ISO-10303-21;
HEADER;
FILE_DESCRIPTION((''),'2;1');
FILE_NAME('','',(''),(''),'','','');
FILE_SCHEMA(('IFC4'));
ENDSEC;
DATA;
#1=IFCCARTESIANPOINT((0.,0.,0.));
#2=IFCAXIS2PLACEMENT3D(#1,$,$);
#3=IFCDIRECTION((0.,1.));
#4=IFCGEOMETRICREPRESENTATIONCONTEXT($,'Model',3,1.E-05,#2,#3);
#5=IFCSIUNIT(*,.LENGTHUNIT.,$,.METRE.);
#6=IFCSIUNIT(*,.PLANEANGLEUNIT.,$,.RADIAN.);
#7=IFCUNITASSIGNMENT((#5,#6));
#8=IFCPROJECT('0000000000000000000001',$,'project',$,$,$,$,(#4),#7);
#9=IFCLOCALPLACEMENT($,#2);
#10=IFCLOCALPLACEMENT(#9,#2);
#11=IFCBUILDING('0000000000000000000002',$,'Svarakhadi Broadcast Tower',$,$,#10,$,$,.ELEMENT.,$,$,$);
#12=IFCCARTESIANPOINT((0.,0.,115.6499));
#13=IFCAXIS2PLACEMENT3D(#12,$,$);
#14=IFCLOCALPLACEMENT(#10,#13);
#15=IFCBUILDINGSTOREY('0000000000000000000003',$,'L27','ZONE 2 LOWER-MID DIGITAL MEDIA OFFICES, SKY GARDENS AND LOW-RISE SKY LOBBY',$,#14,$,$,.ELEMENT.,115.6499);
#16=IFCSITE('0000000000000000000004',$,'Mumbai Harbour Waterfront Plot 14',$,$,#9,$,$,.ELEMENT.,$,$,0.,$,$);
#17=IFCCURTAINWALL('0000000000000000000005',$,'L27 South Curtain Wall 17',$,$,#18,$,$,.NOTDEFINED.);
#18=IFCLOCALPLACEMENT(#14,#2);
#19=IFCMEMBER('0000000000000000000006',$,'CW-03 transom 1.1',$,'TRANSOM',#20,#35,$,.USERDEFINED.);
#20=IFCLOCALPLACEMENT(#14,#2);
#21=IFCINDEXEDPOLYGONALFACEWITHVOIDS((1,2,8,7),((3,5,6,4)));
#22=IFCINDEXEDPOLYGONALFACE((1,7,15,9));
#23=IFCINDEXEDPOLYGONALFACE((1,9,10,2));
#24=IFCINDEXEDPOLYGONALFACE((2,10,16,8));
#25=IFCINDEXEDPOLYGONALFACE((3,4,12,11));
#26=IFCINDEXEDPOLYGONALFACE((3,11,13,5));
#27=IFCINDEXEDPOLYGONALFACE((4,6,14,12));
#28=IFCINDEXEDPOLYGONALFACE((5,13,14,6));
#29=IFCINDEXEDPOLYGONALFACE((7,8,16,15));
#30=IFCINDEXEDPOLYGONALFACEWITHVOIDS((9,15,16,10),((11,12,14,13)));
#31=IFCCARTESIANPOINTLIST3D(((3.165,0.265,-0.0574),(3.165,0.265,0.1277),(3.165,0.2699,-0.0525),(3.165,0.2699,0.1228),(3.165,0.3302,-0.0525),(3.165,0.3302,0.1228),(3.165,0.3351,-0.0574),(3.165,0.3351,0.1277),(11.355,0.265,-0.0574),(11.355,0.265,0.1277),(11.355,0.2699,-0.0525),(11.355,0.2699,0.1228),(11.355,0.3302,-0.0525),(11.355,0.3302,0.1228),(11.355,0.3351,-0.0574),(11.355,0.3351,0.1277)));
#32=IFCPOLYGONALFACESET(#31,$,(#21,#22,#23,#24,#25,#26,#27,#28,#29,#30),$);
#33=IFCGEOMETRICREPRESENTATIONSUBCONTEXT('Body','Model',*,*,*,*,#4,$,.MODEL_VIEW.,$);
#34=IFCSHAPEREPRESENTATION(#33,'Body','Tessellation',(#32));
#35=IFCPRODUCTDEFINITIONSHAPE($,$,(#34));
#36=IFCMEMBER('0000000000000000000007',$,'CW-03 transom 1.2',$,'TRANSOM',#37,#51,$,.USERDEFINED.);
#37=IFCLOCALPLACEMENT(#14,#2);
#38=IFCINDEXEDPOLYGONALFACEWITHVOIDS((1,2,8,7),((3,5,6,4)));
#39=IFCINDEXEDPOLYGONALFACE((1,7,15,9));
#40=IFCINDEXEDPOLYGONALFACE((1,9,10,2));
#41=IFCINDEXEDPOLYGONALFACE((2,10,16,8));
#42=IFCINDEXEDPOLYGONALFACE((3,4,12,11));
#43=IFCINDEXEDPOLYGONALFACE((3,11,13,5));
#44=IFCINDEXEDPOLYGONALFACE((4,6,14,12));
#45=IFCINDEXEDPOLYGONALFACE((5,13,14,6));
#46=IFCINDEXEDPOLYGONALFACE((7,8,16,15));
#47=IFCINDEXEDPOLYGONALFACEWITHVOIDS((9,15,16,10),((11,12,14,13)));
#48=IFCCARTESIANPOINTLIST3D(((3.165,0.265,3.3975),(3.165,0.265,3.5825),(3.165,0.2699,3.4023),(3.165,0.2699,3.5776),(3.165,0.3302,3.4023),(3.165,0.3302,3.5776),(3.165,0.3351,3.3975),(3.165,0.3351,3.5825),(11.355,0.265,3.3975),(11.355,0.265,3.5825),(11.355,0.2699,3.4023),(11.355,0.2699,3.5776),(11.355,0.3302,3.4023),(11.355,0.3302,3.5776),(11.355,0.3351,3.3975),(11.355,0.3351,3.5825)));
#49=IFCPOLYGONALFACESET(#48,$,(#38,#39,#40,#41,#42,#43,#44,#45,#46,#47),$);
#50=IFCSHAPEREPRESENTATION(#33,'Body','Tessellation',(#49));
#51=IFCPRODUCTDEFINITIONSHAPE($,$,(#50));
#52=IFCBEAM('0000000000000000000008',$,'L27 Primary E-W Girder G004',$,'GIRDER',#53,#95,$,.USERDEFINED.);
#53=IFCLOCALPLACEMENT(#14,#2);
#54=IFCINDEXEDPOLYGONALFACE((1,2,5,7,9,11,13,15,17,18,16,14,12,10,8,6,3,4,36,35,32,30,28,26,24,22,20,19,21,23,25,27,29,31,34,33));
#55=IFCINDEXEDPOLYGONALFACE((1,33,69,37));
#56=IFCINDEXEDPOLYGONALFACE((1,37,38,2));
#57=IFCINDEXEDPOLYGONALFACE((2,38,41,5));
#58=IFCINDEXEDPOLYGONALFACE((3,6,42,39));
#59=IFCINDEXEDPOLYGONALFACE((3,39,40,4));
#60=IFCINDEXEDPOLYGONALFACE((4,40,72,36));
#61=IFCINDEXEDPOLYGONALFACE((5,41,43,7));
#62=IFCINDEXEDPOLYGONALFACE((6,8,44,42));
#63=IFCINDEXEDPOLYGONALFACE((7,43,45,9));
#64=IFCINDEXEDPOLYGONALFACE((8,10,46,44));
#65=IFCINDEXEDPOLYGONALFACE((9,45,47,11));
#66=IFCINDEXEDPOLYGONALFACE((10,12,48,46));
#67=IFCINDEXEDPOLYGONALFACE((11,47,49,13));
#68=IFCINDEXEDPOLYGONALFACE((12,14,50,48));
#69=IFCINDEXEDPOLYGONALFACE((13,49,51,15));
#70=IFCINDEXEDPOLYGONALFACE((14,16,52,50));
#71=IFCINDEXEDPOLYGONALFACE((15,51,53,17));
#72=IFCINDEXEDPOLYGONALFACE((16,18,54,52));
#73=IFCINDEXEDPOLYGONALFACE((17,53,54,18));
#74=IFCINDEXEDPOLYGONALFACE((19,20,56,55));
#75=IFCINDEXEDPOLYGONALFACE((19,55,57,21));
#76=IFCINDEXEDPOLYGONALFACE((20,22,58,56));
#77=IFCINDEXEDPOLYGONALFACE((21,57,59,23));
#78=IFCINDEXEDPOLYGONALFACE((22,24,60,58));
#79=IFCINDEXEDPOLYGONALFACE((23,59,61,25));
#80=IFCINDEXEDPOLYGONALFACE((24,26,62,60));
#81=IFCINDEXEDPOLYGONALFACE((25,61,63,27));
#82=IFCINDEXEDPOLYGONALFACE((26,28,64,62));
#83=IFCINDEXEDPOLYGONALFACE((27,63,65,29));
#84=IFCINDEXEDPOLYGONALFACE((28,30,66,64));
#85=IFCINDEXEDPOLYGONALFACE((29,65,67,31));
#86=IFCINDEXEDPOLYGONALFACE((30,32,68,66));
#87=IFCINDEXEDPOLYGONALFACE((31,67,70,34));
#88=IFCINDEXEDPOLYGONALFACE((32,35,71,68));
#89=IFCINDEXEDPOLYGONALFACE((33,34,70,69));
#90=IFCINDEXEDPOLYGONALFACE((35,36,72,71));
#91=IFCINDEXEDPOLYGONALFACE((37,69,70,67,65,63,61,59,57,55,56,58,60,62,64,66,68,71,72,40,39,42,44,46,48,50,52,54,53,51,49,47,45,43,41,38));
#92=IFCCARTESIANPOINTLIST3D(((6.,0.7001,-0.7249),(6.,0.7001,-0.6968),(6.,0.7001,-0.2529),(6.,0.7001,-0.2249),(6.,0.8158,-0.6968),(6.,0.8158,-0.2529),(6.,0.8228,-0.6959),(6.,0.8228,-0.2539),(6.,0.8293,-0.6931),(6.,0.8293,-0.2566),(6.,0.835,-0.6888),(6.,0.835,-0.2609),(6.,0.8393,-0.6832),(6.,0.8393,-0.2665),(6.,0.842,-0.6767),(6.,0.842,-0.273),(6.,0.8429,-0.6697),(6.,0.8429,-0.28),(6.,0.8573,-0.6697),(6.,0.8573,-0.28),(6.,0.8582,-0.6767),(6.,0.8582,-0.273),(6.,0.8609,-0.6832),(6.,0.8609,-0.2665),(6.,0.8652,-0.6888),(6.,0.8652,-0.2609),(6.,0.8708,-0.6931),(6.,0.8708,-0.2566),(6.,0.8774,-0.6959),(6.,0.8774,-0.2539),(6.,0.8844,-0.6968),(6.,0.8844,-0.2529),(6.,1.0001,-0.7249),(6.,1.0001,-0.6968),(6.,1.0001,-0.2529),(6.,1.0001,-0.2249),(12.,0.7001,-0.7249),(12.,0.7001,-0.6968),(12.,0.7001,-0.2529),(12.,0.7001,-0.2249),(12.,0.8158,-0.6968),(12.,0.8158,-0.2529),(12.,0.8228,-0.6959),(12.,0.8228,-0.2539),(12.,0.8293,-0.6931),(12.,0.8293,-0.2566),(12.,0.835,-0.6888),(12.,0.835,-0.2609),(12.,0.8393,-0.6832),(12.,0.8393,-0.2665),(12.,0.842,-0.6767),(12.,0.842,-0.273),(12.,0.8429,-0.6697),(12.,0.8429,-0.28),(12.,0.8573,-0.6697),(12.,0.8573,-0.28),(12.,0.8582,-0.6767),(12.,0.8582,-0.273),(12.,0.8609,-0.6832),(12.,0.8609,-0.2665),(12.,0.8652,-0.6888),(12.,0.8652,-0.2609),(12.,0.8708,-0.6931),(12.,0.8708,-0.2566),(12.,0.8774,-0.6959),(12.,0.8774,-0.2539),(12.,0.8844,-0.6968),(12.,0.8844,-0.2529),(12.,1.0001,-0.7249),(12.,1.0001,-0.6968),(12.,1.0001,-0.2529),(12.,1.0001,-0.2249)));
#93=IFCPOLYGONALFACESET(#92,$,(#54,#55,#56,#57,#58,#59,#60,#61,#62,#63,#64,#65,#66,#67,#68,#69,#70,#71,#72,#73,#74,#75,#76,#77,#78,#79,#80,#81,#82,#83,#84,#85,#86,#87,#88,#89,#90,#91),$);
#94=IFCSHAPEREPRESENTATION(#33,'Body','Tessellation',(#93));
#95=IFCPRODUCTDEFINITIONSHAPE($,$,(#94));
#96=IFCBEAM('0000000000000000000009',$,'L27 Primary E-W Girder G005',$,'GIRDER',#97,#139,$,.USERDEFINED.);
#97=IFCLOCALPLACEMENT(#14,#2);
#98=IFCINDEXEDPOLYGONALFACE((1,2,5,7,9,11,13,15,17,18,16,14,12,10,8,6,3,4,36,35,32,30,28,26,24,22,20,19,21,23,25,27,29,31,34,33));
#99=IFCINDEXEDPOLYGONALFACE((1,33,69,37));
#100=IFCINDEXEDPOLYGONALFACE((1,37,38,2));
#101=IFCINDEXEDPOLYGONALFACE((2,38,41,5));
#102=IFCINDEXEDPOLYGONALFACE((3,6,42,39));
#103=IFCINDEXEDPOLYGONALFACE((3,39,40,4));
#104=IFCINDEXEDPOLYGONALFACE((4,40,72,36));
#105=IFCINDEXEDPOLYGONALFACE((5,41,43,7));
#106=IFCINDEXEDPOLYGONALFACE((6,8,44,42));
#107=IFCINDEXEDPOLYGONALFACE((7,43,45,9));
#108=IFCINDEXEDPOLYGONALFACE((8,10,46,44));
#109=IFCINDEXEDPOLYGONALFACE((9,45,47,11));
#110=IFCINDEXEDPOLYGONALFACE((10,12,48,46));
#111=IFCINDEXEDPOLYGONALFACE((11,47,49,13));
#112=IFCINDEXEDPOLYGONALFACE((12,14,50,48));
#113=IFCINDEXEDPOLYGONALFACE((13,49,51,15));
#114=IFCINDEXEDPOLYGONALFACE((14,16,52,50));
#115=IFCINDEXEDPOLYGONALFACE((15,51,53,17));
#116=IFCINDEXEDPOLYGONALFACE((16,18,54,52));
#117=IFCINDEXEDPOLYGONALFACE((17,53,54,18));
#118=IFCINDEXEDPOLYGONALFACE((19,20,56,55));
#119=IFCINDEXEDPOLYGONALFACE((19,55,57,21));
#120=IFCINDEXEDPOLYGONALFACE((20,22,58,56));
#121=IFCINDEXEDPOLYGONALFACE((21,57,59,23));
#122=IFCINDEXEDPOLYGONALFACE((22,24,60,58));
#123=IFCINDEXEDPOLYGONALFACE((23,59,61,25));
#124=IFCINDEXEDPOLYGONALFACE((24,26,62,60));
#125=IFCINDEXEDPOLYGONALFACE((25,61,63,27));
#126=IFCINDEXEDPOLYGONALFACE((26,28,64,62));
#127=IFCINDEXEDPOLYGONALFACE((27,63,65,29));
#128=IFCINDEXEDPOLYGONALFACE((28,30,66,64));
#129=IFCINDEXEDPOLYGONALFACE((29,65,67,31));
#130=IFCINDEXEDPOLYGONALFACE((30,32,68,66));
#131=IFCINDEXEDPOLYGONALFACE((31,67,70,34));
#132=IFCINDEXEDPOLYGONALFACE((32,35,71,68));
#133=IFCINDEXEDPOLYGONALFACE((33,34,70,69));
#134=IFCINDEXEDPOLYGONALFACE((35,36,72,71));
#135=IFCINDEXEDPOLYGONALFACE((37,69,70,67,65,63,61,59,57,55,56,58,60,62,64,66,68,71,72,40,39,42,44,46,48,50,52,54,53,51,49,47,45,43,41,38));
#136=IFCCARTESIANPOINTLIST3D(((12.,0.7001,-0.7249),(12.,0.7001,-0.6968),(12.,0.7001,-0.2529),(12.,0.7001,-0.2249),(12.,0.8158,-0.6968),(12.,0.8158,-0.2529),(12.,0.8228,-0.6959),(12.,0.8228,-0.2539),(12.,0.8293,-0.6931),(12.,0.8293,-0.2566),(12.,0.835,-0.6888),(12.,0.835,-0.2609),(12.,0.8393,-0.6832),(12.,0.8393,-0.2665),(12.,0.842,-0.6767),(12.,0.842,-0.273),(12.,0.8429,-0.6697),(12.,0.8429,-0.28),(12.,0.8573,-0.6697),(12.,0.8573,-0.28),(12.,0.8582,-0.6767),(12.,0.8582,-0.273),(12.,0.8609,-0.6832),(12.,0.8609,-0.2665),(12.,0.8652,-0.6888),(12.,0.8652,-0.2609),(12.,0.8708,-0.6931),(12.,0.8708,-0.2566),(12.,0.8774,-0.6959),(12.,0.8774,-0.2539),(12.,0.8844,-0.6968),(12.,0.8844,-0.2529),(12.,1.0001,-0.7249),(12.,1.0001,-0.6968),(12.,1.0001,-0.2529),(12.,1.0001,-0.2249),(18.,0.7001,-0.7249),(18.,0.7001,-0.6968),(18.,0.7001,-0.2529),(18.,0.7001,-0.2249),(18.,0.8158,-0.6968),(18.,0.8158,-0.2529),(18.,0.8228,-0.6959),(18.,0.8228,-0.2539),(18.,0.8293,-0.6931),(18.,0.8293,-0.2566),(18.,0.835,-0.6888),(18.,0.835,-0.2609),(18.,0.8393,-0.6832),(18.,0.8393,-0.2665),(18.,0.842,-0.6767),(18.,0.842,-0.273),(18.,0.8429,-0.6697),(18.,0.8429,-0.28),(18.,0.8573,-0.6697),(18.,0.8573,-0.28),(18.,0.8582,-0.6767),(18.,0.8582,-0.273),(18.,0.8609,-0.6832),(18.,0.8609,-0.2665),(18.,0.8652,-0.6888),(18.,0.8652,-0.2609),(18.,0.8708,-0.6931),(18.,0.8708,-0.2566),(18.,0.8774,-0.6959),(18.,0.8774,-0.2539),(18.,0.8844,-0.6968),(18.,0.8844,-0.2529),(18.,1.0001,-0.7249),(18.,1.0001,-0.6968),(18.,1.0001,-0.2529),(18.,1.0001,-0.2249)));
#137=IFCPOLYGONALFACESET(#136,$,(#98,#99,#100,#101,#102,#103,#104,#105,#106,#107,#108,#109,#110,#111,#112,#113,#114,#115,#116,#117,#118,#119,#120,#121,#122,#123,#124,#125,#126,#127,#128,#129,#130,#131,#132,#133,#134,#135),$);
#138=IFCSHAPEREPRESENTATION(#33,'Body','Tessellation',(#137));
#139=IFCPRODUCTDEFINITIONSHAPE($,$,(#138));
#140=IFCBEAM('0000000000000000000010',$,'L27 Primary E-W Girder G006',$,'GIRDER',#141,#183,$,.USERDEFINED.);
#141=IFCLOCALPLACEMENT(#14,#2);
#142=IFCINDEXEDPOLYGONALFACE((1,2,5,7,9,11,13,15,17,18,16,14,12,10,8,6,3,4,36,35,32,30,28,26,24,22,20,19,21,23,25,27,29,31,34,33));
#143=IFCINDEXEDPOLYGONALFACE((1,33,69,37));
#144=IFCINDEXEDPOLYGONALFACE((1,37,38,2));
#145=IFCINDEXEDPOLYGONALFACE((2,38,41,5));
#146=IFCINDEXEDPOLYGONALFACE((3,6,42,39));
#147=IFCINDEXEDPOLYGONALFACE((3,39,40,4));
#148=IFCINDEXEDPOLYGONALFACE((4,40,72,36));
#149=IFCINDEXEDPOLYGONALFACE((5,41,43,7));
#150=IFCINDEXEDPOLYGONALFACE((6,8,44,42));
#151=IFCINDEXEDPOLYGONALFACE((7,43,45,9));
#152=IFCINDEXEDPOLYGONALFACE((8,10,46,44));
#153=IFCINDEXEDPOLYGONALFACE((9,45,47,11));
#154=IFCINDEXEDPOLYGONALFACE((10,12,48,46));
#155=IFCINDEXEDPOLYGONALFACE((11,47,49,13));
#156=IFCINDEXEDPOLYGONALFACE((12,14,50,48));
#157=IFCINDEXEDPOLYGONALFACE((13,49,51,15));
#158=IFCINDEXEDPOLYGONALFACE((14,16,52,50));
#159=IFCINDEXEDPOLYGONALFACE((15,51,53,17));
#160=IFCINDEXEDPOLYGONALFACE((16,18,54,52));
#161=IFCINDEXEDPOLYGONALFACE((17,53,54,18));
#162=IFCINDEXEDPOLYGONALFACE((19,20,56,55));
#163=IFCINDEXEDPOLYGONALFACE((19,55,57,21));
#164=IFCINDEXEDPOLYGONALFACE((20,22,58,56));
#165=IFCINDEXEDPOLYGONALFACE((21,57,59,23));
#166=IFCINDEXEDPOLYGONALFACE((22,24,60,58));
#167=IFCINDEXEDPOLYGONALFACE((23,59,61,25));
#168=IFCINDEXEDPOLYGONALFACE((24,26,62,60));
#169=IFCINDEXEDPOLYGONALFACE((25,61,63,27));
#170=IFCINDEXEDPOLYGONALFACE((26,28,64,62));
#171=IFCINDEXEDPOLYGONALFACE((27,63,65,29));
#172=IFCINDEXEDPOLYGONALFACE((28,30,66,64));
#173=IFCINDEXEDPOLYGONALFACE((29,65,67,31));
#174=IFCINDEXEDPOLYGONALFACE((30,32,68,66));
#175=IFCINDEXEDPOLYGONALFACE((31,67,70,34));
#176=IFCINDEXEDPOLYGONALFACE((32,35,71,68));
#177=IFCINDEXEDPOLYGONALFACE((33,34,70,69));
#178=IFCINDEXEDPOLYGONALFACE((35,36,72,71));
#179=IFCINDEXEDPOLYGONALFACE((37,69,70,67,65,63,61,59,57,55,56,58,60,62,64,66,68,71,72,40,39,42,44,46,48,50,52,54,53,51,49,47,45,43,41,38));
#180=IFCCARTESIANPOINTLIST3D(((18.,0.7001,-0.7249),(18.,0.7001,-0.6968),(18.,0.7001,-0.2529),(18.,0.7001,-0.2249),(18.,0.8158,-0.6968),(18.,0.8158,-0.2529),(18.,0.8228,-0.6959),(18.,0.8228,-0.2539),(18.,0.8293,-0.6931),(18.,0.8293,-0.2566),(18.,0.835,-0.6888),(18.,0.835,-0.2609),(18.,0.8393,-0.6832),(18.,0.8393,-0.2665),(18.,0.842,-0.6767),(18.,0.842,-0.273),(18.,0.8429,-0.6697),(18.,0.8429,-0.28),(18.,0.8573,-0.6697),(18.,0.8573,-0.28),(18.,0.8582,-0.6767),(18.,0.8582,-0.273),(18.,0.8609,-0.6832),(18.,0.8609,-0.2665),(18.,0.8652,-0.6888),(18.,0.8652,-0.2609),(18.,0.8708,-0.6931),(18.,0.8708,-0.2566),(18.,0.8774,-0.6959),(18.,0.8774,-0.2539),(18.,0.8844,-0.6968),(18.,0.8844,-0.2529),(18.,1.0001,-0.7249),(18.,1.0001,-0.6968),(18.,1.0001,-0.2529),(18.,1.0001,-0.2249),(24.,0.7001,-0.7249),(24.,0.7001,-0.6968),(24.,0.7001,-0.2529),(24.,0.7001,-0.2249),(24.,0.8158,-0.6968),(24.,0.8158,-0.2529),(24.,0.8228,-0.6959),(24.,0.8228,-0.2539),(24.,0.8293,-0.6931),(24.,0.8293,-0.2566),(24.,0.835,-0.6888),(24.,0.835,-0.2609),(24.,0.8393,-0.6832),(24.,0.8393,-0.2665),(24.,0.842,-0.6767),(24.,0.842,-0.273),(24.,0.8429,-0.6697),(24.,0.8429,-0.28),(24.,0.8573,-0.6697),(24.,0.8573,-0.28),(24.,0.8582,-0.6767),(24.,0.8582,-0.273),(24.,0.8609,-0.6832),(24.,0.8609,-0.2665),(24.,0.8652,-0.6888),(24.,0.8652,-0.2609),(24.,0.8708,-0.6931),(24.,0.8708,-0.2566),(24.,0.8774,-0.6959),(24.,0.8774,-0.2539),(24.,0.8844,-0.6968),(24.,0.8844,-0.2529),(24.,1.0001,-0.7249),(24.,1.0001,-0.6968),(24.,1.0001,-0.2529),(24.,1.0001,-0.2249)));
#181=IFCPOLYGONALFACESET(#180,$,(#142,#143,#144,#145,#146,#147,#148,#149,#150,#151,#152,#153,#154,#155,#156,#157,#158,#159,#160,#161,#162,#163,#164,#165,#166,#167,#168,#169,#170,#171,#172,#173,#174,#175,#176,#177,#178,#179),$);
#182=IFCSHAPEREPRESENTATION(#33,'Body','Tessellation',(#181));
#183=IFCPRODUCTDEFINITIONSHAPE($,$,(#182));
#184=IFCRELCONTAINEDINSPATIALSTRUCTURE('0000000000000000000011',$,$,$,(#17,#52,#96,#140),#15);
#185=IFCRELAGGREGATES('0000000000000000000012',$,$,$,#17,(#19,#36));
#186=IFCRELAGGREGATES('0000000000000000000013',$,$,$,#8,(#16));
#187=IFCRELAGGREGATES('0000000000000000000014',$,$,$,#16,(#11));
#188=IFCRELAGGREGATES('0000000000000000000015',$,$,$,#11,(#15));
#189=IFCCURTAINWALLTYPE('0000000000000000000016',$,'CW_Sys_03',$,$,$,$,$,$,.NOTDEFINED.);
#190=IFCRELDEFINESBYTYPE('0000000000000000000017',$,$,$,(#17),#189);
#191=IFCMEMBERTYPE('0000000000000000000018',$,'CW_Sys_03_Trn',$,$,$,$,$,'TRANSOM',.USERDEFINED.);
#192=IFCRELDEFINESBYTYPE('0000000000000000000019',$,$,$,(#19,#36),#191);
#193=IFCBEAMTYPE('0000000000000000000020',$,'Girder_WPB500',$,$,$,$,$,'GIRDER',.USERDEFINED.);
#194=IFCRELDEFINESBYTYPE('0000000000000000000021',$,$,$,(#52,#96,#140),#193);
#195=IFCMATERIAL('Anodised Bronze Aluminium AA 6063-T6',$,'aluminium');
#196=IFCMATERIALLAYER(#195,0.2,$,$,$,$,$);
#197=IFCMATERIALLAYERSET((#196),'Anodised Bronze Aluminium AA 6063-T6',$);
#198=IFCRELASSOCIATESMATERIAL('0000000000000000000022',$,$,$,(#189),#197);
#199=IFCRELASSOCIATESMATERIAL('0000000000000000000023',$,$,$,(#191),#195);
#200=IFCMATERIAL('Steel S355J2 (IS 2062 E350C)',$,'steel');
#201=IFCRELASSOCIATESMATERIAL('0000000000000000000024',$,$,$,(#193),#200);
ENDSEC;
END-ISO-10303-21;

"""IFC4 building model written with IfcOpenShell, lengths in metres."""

from ifc_helpers import new_model, si_unit, direction, frame, origin, origin_2d, place, context, subcontext, project, spatial, hollow_rectangle, i_section, extrude, material, layer, layer_set, material_profile, profile_set, type_object, element, aggregate, save


model = new_model("IFC4")

# Units and contexts
model_context = context("Model", 3, precision=1e-05, world=origin(), true_north=direction((0.0, 1.0)))
body_context = subcontext(model_context, "Body", "Model", "MODEL_VIEW")
ifc_project = project(units=[si_unit("LENGTHUNIT", "METRE"), si_unit("PLANEANGLEUNIT", "RADIAN")], contexts=[model_context])

# Site, building, storey
site_placement = place(None, origin())
site = spatial("IfcSite", under=ifc_project, at=site_placement, Name="Mumbai Harbour Waterfront Plot 14", CompositionType="ELEMENT", RefElevation=0.0)
building_placement = place(site_placement, origin())
building = spatial("IfcBuilding", under=site, at=building_placement, Name="Svarakhadi Broadcast Tower", CompositionType="ELEMENT")
storey_placement = place(building_placement, frame((0.0, 0.0, 115.6499)))
storey = spatial("IfcBuildingStorey", under=building, at=storey_placement, Name="L27", Description="ZONE 2 LOWER-MID DIGITAL MEDIA OFFICES, SKY GARDENS AND LOW-RISE SKY LOBBY", CompositionType="ELEMENT", Elevation=115.6499)

# Shared definitions
ifc_material_1 = material(Name="Steel S355J2 (IS 2062 E350C)", Category="steel")

# Curtain wall, members
ifc_material_2 = material(Name="Anodised Bronze Aluminium AA 6063-T6", Category="aluminium")
ifc_layer_1 = layer(ifc_material_2, 0.2)
ifc_layer_set_1 = layer_set([ifc_layer_1], Name="Anodised Bronze Aluminium AA 6063-T6")
curtain_wall_type = type_object("IfcCurtainWallType", Name="CW_Sys_03", PredefinedType="NOTDEFINED", material=ifc_layer_set_1)
curtain_wall_placement = place(storey_placement, origin())
curtain_wall = element("IfcCurtainWall", 1, at=curtain_wall_placement, inside=storey, type_object=curtain_wall_type, Name="L27 South Curtain Wall 17", PredefinedType="NOTDEFINED")
ifc_material_profile_1 = material_profile(ifc_material_2, hollow_rectangle(XDim=0.0701, YDim=0.1851, WallThickness=0.0049, at=origin_2d()), Name="ALU TRANSOM 185x70x5")
ifc_profile_set_1 = profile_set([ifc_material_profile_1], Name="Anodised Bronze Aluminium AA 6063-T6")
member_type_1 = type_object("IfcMemberType", Name="CW_Sys_03_Trn", ElementType="TRANSOM", PredefinedType="USERDEFINED", material=ifc_profile_set_1)
member_1_placement = place(storey_placement, frame((11.355, 0.3, 0.0352), z_axis=(-1.0, 0.0, 0.0), x_axis=(0.0, -1.0, 0.0)))
member_1 = element("IfcMember", 2, at=member_1_placement, type_object=member_type_1, Name="CW-03 transom 1.1", ObjectType="TRANSOM", PredefinedType="USERDEFINED", context=body_context, shape_type="SweptSolid", body=[
    extrude(hollow_rectangle(XDim=0.0701, YDim=0.1851, WallThickness=0.0049, at=origin_2d()), origin(), (0.0, 0.0, 1.0), 8.1899),
])
member_2_placement = place(storey_placement, frame((11.355, 0.3, 3.49), z_axis=(-1.0, 0.0, 0.0), x_axis=(0.0, -1.0, 0.0)))
member_2 = element("IfcMember", 3, at=member_2_placement, type_object=member_type_1, Name="CW-03 transom 1.2", ObjectType="TRANSOM", PredefinedType="USERDEFINED", context=body_context, shape_type="SweptSolid", body=[
    extrude(hollow_rectangle(XDim=0.0701, YDim=0.1851, WallThickness=0.0049, at=origin_2d()), origin(), (0.0, 0.0, 1.0), 8.1899),
])

# Beams
ifc_material_profile_2 = material_profile(ifc_material_1, i_section(OverallWidth=0.3, OverallDepth=0.5, WebThickness=0.0144, FlangeThickness=0.0281, FilletRadius=0.0271, at=origin_2d()), Name="WPB 500x300x187")
ifc_profile_set_2 = profile_set([ifc_material_profile_2], Name="Steel S355J2 (IS 2062 E350C)")
beam_type_1 = type_object("IfcBeamType", Name="Girder_WPB500", ElementType="GIRDER", PredefinedType="USERDEFINED", material=ifc_profile_set_2)
for number, where, z_axis, x_axis, name in (
    (4, (6.0, 0.8501, -0.4749), (1.0, 0.0, 0.0), (0.0, 1.0, 0.0), "L27 Primary E-W Girder G004"),
    (5, (12.0, 0.8501, -0.4749), (1.0, 0.0, 0.0), (0.0, 1.0, 0.0), "L27 Primary E-W Girder G005"),
    (6, (18.0, 0.8501, -0.4749), (1.0, 0.0, 0.0), (0.0, 1.0, 0.0), "L27 Primary E-W Girder G006"),
):
    element("IfcBeam", number, at=place(storey_placement, frame(where, z_axis=z_axis, x_axis=x_axis)), inside=storey, type_object=beam_type_1, Name=name, ObjectType="GIRDER", PredefinedType="USERDEFINED", context=body_context, shape_type="SweptSolid", body=[
        extrude(i_section(OverallWidth=0.3, OverallDepth=0.5, WebThickness=0.0144, FlangeThickness=0.0281, FilletRadius=0.0271, at=origin_2d()), origin(), (0.0, 0.0, 1.0), 6.0),
    ])

aggregate(curtain_wall, [member_1, member_2])

save(model, "model.ifc")
